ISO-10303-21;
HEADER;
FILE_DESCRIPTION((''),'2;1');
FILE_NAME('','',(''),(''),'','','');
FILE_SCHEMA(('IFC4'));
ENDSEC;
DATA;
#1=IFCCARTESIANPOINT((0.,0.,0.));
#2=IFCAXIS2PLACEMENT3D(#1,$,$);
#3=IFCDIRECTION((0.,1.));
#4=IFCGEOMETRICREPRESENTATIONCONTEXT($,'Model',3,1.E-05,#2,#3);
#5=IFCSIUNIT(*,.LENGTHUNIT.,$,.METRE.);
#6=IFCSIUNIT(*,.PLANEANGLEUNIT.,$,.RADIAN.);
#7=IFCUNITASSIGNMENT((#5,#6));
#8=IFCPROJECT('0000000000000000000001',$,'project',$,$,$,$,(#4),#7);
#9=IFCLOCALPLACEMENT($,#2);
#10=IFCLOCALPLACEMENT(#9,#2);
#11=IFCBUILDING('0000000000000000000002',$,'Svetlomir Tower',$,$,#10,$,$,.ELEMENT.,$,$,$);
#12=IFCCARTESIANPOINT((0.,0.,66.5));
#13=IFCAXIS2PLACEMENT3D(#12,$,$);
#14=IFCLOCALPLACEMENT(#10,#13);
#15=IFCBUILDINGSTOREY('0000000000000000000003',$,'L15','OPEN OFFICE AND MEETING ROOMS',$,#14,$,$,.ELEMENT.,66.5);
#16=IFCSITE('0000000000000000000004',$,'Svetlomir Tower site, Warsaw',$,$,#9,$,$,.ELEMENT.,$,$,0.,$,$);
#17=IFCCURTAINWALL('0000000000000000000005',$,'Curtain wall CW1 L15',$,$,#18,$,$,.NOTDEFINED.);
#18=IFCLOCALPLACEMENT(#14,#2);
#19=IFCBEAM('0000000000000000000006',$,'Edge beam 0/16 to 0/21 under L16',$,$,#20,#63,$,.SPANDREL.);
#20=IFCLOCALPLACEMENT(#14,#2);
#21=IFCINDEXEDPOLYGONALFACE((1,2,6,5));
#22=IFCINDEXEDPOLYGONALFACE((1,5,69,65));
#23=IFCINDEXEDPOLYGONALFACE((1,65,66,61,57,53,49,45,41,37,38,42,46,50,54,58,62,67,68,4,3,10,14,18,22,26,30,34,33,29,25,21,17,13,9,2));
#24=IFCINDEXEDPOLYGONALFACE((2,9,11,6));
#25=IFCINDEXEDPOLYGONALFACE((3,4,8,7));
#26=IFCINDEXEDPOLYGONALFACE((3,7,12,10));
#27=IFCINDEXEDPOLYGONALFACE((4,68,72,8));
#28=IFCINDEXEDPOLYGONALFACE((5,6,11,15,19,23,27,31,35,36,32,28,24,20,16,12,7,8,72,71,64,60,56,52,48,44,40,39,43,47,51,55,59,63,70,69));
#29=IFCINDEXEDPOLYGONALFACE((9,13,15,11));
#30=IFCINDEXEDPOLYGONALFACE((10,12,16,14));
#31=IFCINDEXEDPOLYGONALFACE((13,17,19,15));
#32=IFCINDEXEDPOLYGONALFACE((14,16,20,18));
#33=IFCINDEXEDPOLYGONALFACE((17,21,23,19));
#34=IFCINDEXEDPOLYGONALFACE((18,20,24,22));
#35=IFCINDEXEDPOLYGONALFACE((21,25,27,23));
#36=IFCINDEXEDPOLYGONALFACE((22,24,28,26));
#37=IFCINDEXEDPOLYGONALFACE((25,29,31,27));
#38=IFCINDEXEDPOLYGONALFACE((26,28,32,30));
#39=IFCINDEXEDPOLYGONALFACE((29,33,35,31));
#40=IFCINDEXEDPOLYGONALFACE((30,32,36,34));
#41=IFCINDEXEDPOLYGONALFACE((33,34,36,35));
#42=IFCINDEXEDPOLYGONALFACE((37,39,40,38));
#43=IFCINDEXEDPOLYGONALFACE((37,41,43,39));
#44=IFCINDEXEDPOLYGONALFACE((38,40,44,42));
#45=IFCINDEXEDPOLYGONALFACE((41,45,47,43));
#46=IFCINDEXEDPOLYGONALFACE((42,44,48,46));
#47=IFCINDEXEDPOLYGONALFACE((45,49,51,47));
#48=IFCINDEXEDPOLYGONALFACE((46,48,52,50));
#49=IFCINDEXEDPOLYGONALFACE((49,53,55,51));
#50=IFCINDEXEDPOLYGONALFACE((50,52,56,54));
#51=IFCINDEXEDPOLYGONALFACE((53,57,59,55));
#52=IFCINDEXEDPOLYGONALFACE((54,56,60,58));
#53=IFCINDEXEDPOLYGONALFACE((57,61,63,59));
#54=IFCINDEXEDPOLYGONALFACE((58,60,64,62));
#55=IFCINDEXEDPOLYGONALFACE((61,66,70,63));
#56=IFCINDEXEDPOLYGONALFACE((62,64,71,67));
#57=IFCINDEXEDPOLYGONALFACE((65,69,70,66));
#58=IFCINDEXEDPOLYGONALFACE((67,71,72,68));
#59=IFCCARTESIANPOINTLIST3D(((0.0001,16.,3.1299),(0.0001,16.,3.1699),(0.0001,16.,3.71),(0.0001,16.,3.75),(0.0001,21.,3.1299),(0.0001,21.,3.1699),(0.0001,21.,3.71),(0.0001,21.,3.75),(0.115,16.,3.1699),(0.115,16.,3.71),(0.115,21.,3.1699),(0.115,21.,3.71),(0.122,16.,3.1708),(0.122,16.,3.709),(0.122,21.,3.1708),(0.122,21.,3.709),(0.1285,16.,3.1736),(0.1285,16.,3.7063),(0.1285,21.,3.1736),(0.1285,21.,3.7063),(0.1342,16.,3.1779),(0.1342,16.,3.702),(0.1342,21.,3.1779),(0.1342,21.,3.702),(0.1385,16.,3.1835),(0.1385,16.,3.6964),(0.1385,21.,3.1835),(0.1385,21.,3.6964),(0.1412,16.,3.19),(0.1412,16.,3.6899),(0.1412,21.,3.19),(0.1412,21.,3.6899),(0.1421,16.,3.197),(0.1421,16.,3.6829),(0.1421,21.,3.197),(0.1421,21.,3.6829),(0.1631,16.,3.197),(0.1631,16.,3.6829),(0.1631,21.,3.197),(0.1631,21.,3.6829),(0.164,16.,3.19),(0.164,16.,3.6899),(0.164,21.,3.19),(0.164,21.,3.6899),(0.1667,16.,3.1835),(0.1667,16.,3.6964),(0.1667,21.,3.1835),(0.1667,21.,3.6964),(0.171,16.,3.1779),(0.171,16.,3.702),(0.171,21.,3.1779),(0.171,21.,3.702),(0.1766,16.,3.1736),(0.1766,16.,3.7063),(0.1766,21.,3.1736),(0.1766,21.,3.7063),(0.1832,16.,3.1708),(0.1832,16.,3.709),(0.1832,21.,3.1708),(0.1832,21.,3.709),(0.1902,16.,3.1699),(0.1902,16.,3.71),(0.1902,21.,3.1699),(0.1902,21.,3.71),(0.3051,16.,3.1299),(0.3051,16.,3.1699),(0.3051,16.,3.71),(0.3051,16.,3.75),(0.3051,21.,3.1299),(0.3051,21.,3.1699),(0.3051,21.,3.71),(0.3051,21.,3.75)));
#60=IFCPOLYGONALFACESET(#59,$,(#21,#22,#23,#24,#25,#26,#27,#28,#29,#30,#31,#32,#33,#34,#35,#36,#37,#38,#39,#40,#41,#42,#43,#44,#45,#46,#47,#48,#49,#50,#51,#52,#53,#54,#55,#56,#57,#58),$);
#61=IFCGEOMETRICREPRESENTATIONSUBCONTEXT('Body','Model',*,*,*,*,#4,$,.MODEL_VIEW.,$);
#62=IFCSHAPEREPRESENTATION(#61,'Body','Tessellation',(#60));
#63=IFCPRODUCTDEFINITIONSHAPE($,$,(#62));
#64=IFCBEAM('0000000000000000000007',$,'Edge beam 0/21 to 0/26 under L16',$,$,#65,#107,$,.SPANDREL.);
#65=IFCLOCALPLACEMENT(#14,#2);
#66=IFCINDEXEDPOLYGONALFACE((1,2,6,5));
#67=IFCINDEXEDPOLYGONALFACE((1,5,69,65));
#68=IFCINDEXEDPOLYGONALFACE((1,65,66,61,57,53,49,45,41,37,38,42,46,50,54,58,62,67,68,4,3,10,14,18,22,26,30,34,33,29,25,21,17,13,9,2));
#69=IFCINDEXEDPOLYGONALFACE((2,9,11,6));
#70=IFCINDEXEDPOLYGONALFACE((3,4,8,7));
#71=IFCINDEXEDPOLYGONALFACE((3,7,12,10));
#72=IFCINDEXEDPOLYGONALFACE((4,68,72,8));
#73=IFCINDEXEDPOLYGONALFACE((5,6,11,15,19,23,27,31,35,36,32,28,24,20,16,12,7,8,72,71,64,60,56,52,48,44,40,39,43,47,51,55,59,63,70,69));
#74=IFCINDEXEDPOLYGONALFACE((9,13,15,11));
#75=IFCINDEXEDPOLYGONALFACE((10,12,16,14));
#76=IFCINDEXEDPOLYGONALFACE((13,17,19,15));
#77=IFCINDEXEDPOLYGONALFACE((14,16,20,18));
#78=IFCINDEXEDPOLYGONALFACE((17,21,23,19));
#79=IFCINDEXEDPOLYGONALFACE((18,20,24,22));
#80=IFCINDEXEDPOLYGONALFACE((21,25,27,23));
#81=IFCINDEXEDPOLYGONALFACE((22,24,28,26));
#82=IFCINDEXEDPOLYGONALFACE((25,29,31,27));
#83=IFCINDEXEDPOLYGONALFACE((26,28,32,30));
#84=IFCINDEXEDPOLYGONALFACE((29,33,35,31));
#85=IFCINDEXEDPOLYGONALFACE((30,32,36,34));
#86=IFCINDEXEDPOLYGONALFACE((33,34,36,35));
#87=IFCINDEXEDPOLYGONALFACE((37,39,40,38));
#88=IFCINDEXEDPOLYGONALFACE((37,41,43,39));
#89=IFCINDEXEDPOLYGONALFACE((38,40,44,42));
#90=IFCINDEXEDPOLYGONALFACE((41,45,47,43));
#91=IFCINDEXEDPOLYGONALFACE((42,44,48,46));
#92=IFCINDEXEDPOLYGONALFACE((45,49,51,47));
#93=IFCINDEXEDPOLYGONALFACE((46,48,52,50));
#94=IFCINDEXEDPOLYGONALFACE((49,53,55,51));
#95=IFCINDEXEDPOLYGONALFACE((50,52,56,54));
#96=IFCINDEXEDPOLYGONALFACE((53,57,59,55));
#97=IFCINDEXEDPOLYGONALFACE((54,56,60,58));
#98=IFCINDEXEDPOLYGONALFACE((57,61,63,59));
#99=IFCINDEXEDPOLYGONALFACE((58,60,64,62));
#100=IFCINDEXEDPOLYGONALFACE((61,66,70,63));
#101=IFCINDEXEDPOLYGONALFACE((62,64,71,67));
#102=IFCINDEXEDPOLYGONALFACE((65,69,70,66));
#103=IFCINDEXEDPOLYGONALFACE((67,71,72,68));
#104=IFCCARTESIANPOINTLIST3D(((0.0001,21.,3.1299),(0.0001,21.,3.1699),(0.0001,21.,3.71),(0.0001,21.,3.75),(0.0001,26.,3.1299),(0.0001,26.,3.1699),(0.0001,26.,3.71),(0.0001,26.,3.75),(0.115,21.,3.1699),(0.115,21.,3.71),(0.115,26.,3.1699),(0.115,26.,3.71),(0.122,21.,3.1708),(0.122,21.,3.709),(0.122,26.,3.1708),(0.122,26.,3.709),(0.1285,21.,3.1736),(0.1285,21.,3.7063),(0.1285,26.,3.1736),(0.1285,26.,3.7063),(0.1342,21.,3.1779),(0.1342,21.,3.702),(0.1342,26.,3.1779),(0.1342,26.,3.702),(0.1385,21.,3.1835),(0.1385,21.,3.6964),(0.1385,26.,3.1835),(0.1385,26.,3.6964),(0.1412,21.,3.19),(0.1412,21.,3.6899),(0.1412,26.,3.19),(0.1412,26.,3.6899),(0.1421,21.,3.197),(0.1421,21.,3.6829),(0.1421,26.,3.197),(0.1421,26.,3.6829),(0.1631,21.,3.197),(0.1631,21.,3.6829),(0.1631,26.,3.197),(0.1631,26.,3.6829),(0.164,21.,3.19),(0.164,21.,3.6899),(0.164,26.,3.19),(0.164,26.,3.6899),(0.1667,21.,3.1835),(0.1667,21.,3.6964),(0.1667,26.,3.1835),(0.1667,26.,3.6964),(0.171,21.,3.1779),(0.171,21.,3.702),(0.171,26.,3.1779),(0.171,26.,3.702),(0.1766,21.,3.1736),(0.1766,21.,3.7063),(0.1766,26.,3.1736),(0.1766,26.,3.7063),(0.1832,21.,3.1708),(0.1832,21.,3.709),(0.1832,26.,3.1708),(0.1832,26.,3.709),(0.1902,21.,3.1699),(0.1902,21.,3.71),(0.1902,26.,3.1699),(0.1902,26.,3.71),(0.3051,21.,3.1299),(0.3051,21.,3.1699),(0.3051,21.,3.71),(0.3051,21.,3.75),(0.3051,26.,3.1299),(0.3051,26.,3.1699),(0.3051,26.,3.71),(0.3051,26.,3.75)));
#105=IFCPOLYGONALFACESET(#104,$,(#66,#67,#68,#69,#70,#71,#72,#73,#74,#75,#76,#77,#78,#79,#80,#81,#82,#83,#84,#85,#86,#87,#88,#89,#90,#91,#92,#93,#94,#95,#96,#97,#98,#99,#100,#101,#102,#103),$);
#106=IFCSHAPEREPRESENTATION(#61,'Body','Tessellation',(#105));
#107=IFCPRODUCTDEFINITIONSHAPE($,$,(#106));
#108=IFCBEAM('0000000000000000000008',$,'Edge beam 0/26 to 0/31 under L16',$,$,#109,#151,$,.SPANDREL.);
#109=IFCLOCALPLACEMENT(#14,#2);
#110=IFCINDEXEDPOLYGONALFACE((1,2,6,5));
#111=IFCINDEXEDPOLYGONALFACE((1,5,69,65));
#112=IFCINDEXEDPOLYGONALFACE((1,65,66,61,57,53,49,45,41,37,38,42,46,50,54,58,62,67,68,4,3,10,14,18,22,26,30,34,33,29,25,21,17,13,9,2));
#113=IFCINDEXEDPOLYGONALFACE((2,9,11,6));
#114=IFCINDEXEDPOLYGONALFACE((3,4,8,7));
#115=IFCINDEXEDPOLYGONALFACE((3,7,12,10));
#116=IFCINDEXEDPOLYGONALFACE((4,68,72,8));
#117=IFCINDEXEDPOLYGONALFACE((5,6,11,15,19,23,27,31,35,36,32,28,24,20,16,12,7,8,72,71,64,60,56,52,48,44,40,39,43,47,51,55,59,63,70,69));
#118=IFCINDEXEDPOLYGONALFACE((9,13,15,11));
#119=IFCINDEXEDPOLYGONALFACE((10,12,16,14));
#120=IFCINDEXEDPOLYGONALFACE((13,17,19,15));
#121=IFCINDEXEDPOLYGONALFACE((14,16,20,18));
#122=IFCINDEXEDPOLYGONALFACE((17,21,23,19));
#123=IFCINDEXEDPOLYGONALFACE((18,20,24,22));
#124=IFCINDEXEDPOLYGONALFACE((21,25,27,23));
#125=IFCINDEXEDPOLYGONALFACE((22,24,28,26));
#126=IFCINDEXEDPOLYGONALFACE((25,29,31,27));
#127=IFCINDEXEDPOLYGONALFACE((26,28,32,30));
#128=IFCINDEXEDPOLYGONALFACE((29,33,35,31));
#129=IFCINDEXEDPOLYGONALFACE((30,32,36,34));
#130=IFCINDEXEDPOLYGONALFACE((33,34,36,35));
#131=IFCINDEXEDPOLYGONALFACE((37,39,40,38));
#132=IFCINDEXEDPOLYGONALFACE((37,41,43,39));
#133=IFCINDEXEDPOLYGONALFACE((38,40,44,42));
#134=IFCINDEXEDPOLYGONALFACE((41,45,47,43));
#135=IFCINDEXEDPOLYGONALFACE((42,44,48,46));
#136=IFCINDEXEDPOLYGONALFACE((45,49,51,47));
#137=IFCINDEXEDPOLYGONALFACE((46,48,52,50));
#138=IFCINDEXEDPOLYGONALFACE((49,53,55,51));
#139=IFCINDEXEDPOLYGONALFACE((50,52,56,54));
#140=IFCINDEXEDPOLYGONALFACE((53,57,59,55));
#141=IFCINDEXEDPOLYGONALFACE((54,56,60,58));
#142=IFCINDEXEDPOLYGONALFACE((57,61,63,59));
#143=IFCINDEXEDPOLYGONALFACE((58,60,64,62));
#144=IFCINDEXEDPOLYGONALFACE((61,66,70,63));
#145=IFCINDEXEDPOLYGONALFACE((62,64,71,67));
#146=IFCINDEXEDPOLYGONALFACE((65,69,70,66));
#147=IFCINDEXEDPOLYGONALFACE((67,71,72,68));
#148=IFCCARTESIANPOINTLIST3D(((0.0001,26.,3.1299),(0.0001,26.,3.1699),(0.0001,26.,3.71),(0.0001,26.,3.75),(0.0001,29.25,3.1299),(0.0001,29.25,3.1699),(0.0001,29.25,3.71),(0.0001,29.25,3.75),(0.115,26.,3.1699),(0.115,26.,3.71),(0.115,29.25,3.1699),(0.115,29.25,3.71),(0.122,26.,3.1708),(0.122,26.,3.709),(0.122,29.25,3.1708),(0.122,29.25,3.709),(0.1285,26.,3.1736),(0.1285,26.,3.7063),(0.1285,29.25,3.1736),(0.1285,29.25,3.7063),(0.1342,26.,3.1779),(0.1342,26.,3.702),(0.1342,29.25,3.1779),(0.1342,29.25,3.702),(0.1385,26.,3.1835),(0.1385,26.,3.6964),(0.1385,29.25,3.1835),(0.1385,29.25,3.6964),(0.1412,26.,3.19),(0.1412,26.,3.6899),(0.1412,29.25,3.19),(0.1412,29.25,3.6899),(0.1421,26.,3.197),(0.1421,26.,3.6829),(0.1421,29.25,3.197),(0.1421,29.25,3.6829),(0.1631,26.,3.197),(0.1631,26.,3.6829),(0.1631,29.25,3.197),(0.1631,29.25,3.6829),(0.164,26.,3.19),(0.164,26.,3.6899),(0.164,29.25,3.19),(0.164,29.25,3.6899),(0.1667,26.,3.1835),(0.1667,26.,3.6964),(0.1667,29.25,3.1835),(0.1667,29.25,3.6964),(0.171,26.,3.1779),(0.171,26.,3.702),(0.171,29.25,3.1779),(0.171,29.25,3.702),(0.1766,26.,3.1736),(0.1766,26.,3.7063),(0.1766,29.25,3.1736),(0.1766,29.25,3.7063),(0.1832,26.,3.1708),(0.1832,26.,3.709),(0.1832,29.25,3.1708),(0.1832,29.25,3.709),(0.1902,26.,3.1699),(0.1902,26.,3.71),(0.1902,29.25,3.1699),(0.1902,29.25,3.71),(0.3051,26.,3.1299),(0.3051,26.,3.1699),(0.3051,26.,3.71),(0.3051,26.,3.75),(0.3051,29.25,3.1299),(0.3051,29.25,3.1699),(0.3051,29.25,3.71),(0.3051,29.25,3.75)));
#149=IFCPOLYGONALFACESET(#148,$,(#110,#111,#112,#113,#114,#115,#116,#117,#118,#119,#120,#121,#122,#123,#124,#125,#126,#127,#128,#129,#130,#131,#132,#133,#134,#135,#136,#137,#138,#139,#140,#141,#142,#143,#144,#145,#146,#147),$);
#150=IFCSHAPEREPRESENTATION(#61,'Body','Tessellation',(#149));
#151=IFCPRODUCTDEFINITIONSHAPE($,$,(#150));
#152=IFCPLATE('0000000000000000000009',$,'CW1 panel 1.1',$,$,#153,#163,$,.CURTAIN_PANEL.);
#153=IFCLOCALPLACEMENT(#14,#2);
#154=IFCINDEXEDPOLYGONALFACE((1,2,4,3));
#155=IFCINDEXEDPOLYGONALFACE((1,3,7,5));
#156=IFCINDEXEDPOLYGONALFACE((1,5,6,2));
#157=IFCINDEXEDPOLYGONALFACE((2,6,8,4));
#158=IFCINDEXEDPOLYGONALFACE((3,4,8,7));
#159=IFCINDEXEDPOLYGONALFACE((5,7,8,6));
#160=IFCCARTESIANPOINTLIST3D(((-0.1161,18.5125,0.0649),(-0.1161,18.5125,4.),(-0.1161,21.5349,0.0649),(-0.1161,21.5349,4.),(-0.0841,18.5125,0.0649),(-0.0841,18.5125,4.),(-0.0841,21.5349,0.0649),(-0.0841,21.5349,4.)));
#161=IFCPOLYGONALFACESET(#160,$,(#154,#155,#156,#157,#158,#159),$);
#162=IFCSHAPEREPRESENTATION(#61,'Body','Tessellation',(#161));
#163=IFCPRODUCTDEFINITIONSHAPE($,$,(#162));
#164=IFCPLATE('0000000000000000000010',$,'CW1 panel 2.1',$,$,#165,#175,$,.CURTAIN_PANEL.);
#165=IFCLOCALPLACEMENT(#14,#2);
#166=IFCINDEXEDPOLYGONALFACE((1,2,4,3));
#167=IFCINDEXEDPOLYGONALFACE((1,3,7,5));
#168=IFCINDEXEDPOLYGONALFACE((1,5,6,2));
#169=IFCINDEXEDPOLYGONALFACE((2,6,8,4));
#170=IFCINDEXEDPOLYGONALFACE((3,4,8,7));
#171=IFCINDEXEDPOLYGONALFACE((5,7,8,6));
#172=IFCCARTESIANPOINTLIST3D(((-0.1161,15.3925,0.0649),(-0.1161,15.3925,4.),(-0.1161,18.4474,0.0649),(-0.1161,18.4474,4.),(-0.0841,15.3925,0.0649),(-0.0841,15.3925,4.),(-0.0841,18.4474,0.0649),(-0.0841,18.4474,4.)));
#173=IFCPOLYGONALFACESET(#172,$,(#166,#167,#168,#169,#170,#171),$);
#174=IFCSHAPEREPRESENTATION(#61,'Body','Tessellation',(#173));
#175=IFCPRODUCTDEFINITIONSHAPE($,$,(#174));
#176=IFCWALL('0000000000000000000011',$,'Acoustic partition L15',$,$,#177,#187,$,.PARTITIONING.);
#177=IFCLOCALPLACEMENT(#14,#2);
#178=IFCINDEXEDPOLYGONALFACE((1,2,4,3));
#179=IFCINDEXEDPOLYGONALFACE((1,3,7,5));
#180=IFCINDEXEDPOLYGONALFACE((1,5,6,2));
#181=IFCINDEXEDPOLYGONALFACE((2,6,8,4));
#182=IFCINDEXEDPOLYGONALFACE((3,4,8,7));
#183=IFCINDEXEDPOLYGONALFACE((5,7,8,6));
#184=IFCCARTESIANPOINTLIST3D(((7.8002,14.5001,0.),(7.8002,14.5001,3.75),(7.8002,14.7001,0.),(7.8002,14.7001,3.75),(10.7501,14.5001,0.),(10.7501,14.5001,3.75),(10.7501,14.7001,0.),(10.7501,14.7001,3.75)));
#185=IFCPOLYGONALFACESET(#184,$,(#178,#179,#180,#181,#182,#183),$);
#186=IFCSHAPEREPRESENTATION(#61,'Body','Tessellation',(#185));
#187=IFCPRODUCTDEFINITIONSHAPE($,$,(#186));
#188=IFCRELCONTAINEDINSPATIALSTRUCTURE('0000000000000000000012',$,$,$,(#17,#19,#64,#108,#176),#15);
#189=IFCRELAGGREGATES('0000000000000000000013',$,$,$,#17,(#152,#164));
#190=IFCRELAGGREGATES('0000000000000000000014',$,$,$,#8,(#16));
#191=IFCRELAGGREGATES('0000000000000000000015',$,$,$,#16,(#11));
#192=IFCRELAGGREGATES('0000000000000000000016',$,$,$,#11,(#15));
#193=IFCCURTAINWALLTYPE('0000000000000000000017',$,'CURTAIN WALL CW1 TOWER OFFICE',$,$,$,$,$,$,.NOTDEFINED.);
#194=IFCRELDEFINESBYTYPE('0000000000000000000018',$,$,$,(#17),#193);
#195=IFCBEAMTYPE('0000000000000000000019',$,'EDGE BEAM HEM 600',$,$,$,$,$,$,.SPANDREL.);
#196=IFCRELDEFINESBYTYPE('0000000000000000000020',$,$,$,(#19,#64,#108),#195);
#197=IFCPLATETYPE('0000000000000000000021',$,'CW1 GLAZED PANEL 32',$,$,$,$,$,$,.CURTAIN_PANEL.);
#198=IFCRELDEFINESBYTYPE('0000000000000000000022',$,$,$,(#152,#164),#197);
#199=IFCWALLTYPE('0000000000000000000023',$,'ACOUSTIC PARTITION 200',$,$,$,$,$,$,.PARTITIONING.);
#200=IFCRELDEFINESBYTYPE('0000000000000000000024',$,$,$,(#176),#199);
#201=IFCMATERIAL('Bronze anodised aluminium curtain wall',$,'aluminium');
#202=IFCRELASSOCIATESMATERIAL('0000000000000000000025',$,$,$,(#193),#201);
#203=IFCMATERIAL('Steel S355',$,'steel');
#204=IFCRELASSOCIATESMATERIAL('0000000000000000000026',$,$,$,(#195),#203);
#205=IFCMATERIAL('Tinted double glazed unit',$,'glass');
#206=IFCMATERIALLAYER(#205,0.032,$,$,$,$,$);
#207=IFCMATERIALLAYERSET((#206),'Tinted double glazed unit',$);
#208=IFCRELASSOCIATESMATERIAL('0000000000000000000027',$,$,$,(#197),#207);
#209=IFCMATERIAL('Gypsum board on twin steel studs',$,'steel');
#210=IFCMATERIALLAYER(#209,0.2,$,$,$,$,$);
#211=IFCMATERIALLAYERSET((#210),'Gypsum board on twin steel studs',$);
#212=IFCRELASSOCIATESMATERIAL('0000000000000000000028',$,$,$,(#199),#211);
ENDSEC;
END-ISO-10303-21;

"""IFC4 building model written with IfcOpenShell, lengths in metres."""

from ifc_helpers import new_model, si_unit, direction, frame, frame_2d, origin, origin_2d, place, context, subcontext, project, spatial, rectangle, i_section, extrude, material, layer, layer_set, material_profile, profile_set, type_object, element, aggregate, save


model = new_model("IFC4")

# Units and contexts
model_context = context("Model", 3, precision=1e-05, world=origin(), true_north=direction((0.0, 1.0)))
body_context = subcontext(model_context, "Body", "Model", "MODEL_VIEW")
ifc_project = project(units=[si_unit("LENGTHUNIT", "METRE"), si_unit("PLANEANGLEUNIT", "RADIAN")], contexts=[model_context])

# Site, building, storey
site_placement = place(None, origin())
site = spatial("IfcSite", under=ifc_project, at=site_placement, Name="Svetlomir Tower site, Warsaw", CompositionType="ELEMENT", RefElevation=0.0)
building_placement = place(site_placement, origin())
building = spatial("IfcBuilding", under=site, at=building_placement, Name="Svetlomir Tower", CompositionType="ELEMENT")
storey_placement = place(building_placement, frame((0.0, 0.0, 66.5)))
storey = spatial("IfcBuildingStorey", under=building, at=storey_placement, Name="L15", Description="OPEN OFFICE AND MEETING ROOMS", CompositionType="ELEMENT", Elevation=66.5)

# Curtain wall
ifc_material_1 = material(Name="Bronze anodised aluminium curtain wall", Category="aluminium")
curtain_wall_type = type_object("IfcCurtainWallType", Name="CURTAIN WALL CW1 TOWER OFFICE", PredefinedType="NOTDEFINED", material=ifc_material_1)
curtain_wall_1_placement = place(storey_placement, origin())
curtain_wall_1 = element("IfcCurtainWall", 1, at=curtain_wall_1_placement, inside=storey, type_object=curtain_wall_type, Name="Curtain wall CW1 L15", PredefinedType="NOTDEFINED")

# Beams
ifc_material_2 = material(Name="Steel S355", Category="steel")
ifc_material_profile_1 = material_profile(ifc_material_2, i_section(OverallWidth=0.3049, OverallDepth=0.6201, WebThickness=0.021, FlangeThickness=0.04, FilletRadius=0.0271, at=origin_2d()), Name="HEM 600")
ifc_profile_set_1 = profile_set([ifc_material_profile_1], Name="Steel S355")
beam_type_1 = type_object("IfcBeamType", Name="EDGE BEAM HEM 600", PredefinedType="SPANDREL", material=ifc_profile_set_1)
for number, where, z_axis, x_axis, name in (
    (2, (0.1526, 16.0, 3.4399), (0.0, 1.0, 0.0), (-1.0, 0.0, 0.0), "Edge beam 0/16 to 0/21 under L16"),
    (3, (0.1526, 21.0, 3.4399), (0.0, 1.0, 0.0), (-1.0, 0.0, 0.0), "Edge beam 0/21 to 0/26 under L16"),
):
    element("IfcBeam", number, at=place(storey_placement, frame(where, z_axis=z_axis, x_axis=x_axis)), inside=storey, type_object=beam_type_1, Name=name, PredefinedType="SPANDREL", context=body_context, shape_type="SweptSolid", body=[
        extrude(i_section(OverallWidth=0.3049, OverallDepth=0.6201, WebThickness=0.021, FlangeThickness=0.04, FilletRadius=0.0271, at=origin_2d()), origin(), (0.0, 0.0, 1.0), 5.0),
    ])
beam_placement = place(storey_placement, frame((0.1526, 26.0, 3.4399), z_axis=(0.0, 1.0, 0.0), x_axis=(-1.0, 0.0, 0.0)))
element("IfcBeam", 4, at=beam_placement, inside=storey, type_object=beam_type_1, Name="Edge beam 0/26 to 0/31 under L16", PredefinedType="SPANDREL", context=body_context, shape_type="SweptSolid", body=[
    extrude(i_section(OverallWidth=0.3049, OverallDepth=0.6201, WebThickness=0.021, FlangeThickness=0.04, FilletRadius=0.0271, at=origin_2d()), origin(), (0.0, 0.0, 1.0), 3.25),
])

# Plates
ifc_material_3 = material(Name="Tinted double glazed unit", Category="glass")
ifc_layer_1 = layer(ifc_material_3, 0.032)
ifc_layer_set_1 = layer_set([ifc_layer_1], Name="Tinted double glazed unit")
plate_type = type_object("IfcPlateType", Name="CW1 GLAZED PANEL 32", PredefinedType="CURTAIN_PANEL", material=ifc_layer_set_1)
plate_1_placement = place(storey_placement, frame((-0.1001, 20.0237, 0.0649), z_axis=(0.0, 0.0, 1.0), x_axis=(0.0, -1.0, 0.0)))
plate_1 = element("IfcPlate", 5, at=plate_1_placement, type_object=plate_type, Name="CW1 panel 1.1", PredefinedType="CURTAIN_PANEL", context=body_context, shape_type="SweptSolid", body=[
    extrude(rectangle(XDim=3.0225, YDim=0.032, at=origin_2d()), origin(), (0.0, 0.0, 1.0), 3.9351),
])
plate_2_placement = place(storey_placement, frame((-0.1001, 16.9199, 0.0649), z_axis=(0.0, 0.0, 1.0), x_axis=(0.0, -1.0, 0.0)))
plate_2 = element("IfcPlate", 6, at=plate_2_placement, type_object=plate_type, Name="CW1 panel 2.1", PredefinedType="CURTAIN_PANEL", context=body_context, shape_type="SweptSolid", body=[
    extrude(rectangle(XDim=3.0549, YDim=0.032, at=origin_2d()), origin(), (0.0, 0.0, 1.0), 3.9351),
])
aggregate(curtain_wall_1, [plate_1, plate_2])

# Wall
ifc_material_4 = material(Name="Gypsum board on twin steel studs", Category="steel")
ifc_layer_2 = layer(ifc_material_4, 0.2)
ifc_layer_set_2 = layer_set([ifc_layer_2], Name="Gypsum board on twin steel studs")
wall_type_1 = type_object("IfcWallType", Name="ACOUSTIC PARTITION 200", PredefinedType="PARTITIONING", material=ifc_layer_set_2)
wall_1_placement = place(storey_placement, frame((7.8, 14.6001, 0.0), z_axis=(0.0, 0.0, 1.0), x_axis=(1.0, 0.0, 0.0)))
element("IfcWall", 7, at=wall_1_placement, inside=storey, type_object=wall_type_1, Name="Acoustic partition L15", PredefinedType="PARTITIONING", context=body_context, shape_type="SweptSolid", body=[
    extrude(rectangle(XDim=2.95, YDim=0.2, at=frame_2d((1.4751, 0.0))), origin(), (0.0, 0.0, 1.0), 3.75),
])

save(model, "model.ifc")
